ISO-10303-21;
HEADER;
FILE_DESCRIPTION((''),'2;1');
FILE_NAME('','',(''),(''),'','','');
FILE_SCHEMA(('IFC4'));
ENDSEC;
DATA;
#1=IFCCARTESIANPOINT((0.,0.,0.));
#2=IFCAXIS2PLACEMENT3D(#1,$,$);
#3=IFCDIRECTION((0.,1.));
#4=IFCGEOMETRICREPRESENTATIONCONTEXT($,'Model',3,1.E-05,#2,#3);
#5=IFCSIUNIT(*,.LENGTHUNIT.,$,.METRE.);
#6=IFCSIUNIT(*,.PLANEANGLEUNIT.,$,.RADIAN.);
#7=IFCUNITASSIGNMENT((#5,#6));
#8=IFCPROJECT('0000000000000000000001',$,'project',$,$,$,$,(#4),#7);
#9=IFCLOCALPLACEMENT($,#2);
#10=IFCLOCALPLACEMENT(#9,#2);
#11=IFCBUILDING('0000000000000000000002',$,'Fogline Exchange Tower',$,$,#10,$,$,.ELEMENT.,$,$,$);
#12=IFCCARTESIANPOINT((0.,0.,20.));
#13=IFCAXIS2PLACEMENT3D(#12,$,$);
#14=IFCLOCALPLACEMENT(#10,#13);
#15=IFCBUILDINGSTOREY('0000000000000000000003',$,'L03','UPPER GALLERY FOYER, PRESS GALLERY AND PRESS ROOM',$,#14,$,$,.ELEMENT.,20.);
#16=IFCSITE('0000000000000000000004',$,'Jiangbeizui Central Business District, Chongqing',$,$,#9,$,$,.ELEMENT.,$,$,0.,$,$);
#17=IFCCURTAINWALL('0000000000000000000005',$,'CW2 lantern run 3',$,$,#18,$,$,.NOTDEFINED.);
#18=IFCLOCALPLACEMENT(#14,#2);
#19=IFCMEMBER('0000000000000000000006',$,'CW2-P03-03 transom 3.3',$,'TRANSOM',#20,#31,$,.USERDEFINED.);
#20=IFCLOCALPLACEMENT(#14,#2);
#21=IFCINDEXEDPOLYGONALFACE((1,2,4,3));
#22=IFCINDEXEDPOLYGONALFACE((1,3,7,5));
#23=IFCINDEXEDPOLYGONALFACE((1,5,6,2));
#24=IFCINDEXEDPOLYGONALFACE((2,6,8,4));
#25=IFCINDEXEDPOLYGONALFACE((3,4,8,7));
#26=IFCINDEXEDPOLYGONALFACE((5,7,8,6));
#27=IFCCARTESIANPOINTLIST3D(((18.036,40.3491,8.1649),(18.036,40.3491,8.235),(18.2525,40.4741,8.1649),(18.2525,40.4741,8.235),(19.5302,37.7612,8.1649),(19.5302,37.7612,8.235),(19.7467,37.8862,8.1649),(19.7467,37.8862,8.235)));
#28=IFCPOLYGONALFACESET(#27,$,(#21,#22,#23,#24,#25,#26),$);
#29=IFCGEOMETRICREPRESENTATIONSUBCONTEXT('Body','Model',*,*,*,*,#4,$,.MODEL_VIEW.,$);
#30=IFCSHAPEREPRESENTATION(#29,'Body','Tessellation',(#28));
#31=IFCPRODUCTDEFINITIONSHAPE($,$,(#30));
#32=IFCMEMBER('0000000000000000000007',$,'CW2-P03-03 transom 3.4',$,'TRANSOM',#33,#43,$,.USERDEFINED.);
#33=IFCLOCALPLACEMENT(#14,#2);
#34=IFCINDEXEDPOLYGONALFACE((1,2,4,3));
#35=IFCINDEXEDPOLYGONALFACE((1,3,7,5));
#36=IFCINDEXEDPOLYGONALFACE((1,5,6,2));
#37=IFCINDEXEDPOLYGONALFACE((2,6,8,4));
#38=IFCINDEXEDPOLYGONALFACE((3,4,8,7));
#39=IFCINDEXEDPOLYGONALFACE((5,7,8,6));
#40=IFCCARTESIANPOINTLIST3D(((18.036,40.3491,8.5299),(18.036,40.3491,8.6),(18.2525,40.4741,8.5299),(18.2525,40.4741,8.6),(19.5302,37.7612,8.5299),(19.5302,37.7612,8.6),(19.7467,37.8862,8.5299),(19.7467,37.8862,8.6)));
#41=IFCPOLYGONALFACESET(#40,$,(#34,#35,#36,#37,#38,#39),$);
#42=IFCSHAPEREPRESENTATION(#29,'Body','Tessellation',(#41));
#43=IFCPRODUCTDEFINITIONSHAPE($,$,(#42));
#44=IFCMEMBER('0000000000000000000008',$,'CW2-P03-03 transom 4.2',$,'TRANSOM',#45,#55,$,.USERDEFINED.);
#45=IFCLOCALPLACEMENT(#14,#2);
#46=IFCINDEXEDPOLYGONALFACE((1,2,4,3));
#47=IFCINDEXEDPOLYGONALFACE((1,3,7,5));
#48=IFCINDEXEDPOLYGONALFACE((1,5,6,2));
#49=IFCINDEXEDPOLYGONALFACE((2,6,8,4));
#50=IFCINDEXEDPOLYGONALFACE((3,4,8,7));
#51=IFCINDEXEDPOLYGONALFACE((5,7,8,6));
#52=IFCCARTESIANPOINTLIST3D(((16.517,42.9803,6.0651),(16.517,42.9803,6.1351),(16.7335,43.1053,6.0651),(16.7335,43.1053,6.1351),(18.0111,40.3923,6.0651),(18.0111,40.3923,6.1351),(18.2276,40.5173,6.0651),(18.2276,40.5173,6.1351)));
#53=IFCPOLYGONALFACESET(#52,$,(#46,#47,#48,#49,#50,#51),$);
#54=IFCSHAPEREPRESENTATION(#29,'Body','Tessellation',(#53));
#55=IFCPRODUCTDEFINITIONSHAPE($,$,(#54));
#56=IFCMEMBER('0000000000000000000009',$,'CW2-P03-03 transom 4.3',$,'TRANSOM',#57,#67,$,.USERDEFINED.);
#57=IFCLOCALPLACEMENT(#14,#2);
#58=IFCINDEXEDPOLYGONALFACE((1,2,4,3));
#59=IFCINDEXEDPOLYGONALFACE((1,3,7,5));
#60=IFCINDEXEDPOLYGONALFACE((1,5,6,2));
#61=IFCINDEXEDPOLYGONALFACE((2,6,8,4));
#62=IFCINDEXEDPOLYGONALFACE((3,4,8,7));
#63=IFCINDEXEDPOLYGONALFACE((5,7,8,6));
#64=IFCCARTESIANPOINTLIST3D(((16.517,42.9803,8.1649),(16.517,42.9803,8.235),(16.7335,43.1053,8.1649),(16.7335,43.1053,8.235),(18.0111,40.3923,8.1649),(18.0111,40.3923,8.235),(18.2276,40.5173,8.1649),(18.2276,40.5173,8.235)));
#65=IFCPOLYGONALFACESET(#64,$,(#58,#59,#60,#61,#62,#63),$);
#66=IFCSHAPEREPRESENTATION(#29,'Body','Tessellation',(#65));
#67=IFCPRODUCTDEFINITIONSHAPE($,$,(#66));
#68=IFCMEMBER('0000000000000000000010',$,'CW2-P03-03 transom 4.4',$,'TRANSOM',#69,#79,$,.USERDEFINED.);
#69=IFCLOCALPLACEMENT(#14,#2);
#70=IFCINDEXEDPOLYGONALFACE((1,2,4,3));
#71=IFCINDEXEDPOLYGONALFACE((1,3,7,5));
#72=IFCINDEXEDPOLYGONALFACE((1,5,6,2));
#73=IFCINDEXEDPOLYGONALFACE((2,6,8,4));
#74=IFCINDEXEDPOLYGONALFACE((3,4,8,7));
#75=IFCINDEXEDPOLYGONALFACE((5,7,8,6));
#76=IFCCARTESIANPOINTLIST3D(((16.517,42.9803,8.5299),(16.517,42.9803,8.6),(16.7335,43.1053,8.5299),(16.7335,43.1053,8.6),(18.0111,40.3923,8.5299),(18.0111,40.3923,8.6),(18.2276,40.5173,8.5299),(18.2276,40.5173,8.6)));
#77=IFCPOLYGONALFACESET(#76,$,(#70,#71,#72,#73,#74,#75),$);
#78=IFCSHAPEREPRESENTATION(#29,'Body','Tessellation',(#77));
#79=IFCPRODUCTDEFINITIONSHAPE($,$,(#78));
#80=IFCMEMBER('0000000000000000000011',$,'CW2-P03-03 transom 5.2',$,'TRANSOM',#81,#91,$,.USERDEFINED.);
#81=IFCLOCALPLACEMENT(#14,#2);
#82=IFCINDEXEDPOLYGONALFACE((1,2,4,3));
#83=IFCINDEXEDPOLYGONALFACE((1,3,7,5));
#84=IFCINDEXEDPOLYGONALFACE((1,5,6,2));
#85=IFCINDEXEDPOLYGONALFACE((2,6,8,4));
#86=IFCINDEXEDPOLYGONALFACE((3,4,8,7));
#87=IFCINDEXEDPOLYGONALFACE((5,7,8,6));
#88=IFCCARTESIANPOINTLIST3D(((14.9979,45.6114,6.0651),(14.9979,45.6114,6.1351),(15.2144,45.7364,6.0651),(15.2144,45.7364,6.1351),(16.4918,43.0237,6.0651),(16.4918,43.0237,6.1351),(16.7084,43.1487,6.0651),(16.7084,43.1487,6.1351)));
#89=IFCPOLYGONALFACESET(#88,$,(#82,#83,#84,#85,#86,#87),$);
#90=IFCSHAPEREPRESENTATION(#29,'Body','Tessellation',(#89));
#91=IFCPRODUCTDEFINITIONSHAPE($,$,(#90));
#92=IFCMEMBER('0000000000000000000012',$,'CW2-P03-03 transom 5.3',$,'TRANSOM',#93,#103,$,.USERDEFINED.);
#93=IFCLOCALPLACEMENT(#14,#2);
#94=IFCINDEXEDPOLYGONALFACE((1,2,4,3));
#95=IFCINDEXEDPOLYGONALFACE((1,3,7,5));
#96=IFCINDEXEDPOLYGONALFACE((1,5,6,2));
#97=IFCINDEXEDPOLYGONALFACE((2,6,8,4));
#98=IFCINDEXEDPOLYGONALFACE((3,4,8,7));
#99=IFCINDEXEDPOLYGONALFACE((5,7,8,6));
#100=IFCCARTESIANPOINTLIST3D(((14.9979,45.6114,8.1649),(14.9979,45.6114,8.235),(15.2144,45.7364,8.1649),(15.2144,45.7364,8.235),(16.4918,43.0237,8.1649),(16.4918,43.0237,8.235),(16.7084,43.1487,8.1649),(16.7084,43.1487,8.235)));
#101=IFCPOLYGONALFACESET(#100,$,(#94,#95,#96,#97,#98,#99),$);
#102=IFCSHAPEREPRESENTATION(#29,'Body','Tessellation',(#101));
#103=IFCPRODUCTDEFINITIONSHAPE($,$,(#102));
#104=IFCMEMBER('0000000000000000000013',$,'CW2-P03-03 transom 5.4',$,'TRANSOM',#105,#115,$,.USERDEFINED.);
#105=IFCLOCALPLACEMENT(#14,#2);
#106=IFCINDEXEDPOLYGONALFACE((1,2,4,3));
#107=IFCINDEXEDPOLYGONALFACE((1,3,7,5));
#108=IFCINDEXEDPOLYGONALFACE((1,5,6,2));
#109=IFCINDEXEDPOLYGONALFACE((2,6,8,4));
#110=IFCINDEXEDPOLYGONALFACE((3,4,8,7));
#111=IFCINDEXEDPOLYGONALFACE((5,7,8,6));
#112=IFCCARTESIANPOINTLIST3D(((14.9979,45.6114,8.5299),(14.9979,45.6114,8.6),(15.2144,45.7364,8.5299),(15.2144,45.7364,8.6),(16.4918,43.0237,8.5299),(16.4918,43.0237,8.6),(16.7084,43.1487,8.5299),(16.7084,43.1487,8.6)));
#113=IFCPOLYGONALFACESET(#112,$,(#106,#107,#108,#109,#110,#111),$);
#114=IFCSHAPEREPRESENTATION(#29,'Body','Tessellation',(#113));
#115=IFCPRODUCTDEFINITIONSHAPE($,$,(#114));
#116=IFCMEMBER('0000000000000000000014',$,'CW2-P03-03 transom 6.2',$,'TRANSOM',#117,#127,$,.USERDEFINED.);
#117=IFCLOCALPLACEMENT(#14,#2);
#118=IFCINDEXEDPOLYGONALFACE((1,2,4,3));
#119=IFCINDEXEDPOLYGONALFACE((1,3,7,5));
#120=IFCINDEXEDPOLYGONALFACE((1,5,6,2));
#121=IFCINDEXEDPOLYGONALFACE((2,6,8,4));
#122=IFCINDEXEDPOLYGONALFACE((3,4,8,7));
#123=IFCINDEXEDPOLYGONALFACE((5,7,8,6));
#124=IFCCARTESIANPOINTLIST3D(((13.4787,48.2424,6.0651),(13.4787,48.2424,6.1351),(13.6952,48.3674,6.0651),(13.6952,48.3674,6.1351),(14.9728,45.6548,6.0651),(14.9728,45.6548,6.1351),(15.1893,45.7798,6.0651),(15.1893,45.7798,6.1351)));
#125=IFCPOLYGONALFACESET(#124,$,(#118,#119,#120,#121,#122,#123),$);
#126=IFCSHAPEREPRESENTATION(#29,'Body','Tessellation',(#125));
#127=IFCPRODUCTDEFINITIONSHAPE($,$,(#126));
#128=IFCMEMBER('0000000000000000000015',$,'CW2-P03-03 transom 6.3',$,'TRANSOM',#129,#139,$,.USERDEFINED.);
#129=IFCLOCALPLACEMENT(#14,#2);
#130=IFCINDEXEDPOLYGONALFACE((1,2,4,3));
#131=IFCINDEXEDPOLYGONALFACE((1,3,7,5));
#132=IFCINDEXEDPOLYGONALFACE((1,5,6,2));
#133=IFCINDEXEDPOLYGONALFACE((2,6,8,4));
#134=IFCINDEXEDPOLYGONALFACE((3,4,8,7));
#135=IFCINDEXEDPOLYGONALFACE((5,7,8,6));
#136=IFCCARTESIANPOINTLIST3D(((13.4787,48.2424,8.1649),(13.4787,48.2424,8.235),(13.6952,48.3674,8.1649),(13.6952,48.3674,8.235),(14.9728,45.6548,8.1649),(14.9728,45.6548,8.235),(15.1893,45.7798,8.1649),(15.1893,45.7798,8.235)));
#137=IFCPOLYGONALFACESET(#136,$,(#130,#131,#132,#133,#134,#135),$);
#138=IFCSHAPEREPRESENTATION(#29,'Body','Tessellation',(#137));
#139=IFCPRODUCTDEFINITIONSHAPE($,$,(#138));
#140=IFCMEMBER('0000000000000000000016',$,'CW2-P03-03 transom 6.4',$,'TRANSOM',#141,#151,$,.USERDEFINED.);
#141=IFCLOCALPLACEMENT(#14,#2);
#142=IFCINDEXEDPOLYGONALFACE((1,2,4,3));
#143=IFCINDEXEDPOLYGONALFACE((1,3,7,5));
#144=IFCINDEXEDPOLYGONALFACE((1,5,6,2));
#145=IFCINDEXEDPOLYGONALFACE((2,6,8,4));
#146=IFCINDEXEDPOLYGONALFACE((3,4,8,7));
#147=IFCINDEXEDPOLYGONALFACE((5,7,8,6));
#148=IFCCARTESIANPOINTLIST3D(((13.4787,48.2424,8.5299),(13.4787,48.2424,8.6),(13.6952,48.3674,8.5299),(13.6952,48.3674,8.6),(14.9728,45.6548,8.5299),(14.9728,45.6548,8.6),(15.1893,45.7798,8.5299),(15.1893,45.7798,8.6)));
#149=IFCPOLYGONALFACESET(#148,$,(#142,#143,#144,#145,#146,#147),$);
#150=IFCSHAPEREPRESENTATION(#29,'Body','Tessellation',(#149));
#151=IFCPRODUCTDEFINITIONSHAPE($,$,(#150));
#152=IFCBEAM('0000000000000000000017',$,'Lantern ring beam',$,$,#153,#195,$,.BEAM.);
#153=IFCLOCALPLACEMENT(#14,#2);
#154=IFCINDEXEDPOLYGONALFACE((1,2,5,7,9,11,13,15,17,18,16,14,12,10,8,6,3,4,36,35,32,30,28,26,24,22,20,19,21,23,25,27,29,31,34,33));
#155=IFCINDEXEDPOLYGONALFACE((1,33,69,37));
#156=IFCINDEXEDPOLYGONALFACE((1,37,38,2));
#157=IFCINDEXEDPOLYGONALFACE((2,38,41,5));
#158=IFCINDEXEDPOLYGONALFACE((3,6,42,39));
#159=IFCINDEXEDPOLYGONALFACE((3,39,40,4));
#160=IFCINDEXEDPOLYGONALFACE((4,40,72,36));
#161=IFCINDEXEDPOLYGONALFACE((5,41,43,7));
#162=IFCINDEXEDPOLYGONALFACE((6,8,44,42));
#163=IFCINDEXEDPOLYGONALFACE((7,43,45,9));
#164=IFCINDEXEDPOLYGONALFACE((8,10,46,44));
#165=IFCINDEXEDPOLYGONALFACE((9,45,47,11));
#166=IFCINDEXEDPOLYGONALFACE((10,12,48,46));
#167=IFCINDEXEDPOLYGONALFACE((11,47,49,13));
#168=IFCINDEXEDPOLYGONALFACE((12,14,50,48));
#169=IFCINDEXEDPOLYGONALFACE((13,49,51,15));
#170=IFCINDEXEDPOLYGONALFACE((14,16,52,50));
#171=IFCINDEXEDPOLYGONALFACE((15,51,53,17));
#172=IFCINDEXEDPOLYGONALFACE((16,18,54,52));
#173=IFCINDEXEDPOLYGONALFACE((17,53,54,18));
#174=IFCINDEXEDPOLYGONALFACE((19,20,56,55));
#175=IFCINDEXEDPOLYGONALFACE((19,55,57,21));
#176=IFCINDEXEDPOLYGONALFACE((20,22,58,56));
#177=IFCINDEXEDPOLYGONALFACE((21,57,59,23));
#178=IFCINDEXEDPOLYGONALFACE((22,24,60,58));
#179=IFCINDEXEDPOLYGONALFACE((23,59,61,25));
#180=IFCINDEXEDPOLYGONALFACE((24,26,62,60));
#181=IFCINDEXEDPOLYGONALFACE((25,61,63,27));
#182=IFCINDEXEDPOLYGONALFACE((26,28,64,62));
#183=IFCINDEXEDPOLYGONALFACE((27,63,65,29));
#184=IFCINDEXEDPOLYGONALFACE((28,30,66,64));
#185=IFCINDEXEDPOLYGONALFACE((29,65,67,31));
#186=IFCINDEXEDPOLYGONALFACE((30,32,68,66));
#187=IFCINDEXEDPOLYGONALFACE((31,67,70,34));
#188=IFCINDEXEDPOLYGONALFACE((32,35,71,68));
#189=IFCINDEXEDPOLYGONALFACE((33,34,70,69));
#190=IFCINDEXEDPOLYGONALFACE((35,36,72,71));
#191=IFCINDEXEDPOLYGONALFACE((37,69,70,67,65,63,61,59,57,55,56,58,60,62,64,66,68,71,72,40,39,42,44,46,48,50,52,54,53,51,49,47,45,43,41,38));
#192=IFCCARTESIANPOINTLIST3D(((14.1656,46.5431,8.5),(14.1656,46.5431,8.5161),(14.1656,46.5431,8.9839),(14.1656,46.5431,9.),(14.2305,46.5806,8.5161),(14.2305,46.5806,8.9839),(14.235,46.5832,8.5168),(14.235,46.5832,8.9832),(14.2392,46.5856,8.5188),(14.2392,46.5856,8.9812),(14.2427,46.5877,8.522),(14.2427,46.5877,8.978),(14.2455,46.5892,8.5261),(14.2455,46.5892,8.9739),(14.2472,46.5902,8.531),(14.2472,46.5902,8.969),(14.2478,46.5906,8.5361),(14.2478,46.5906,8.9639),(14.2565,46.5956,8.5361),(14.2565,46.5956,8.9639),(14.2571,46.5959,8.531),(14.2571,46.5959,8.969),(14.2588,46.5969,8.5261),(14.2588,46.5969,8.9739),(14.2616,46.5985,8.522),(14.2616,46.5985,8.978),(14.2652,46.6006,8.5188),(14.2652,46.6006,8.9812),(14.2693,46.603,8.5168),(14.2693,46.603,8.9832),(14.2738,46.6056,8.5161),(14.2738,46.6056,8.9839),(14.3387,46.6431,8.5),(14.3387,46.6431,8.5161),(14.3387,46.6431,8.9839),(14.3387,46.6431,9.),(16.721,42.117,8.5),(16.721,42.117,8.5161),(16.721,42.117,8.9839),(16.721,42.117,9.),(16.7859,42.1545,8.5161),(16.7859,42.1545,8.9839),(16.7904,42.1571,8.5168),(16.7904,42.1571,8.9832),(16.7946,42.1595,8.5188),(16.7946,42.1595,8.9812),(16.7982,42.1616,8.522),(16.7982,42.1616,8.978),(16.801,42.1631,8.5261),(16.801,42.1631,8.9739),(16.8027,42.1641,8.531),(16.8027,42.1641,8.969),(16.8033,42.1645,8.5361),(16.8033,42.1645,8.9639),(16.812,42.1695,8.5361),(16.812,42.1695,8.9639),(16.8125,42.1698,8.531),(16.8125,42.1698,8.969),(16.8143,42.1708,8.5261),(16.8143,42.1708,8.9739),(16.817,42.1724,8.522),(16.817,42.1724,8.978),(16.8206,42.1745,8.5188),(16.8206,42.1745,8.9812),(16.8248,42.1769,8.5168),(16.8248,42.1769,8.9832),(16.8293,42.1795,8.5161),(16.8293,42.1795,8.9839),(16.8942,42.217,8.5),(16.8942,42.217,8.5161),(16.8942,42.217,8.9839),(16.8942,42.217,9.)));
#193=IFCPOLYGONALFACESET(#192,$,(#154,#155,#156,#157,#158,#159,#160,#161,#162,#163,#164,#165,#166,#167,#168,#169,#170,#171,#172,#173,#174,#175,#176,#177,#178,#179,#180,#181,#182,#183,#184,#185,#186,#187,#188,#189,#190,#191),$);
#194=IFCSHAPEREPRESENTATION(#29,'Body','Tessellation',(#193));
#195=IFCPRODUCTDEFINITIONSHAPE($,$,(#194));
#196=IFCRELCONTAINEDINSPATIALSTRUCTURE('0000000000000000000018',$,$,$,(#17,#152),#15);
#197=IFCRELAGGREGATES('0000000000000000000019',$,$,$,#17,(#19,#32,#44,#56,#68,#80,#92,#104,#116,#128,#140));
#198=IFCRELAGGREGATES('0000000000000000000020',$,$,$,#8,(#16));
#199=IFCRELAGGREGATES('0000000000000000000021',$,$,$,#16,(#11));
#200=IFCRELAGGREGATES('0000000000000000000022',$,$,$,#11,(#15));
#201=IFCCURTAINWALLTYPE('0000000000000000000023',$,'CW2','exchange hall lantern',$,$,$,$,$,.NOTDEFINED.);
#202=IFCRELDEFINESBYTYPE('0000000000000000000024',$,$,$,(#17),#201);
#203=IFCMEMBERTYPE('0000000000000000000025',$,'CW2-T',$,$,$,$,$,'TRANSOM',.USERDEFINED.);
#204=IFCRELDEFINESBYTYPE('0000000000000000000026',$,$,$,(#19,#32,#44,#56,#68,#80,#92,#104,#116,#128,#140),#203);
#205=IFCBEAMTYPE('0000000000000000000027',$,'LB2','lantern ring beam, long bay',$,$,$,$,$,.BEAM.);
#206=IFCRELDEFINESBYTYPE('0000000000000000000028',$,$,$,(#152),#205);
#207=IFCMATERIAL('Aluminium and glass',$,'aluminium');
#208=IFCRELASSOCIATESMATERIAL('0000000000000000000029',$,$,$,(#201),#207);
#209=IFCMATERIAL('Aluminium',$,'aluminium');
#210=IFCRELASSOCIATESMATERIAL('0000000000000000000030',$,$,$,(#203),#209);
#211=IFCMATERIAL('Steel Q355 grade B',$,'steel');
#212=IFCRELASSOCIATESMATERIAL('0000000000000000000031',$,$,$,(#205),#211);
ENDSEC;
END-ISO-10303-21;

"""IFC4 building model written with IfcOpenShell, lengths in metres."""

from ifc_helpers import new_model, si_unit, direction, frame, origin, origin_2d, place, context, subcontext, project, spatial, rectangle, i_section, extrude, material, material_profile, profile_set, type_object, element, aggregate, save


model = new_model("IFC4")

# Units and contexts
model_context = context("Model", 3, precision=1e-05, world=origin(), true_north=direction((0.0, 1.0)))
body_context = subcontext(model_context, "Body", "Model", "MODEL_VIEW")
ifc_project = project(units=[si_unit("LENGTHUNIT", "METRE"), si_unit("PLANEANGLEUNIT", "RADIAN")], contexts=[model_context])

# Site, building, storey
site_placement = place(None, origin())
site = spatial("IfcSite", under=ifc_project, at=site_placement, Name="Jiangbeizui Central Business District, Chongqing", CompositionType="ELEMENT", RefElevation=0.0)
building_placement = place(site_placement, origin())
building = spatial("IfcBuilding", under=site, at=building_placement, Name="Fogline Exchange Tower", CompositionType="ELEMENT")
storey_placement = place(building_placement, frame((0.0, 0.0, 20.0)))
storey = spatial("IfcBuildingStorey", under=building, at=storey_placement, Name="L03", Description="UPPER GALLERY FOYER, PRESS GALLERY AND PRESS ROOM", CompositionType="ELEMENT", Elevation=20.0)

# Curtain wall, members
ifc_material_1 = material(Name="Aluminium and glass", Category="aluminium")
curtain_wall_type = type_object("IfcCurtainWallType", Name="CW2", Description="exchange hall lantern", PredefinedType="NOTDEFINED", material=ifc_material_1)
curtain_wall_placement = place(storey_placement, origin())
curtain_wall = element("IfcCurtainWall", 1, at=curtain_wall_placement, inside=storey, type_object=curtain_wall_type, Name="CW2 lantern run 3", PredefinedType="NOTDEFINED")
ifc_material_2 = material(Name="Aluminium", Category="aluminium")
ifc_material_profile_1 = material_profile(ifc_material_2, rectangle(XDim=0.25, YDim=0.0701, at=origin_2d()), Name="Transom 70x250")
ifc_profile_set_1 = profile_set([ifc_material_profile_1], Name="Aluminium")
member_type = type_object("IfcMemberType", Name="CW2-T", ElementType="TRANSOM", PredefinedType="USERDEFINED", material=ifc_profile_set_1)
member_1_placement = place(storey_placement, frame((19.6384, 37.8237, 8.2), z_axis=(-0.500005, 0.866022, 0.0), x_axis=(-0.866022, -0.500005, 0.0)))
member_1 = element("IfcMember", 2, at=member_1_placement, type_object=member_type, Name="CW2-P03-03 transom 3.3", ObjectType="TRANSOM", PredefinedType="USERDEFINED", context=body_context, shape_type="SweptSolid", body=[
    extrude(rectangle(XDim=0.25, YDim=0.0701, at=origin_2d()), origin(), (0.0, 0.0, 1.0), 2.9883),
])
member_2_placement = place(storey_placement, frame((19.6384, 37.8237, 8.5649), z_axis=(-0.500005, 0.866022, 0.0), x_axis=(-0.866022, -0.500005, 0.0)))
member_2 = element("IfcMember", 3, at=member_2_placement, type_object=member_type, Name="CW2-P03-03 transom 3.4", ObjectType="TRANSOM", PredefinedType="USERDEFINED", context=body_context, shape_type="SweptSolid", body=[
    extrude(rectangle(XDim=0.25, YDim=0.0701, at=origin_2d()), origin(), (0.0, 0.0, 1.0), 2.9883),
])
member_3_placement = place(storey_placement, frame((18.1194, 40.4548, 6.1001), z_axis=(-0.500005, 0.866022, 0.0), x_axis=(-0.866022, -0.500005, 0.0)))
member_3 = element("IfcMember", 4, at=member_3_placement, type_object=member_type, Name="CW2-P03-03 transom 4.2", ObjectType="TRANSOM", PredefinedType="USERDEFINED", context=body_context, shape_type="SweptSolid", body=[
    extrude(rectangle(XDim=0.25, YDim=0.0701, at=origin_2d()), origin(), (0.0, 0.0, 1.0), 2.9883),
])
member_4_placement = place(storey_placement, frame((18.1194, 40.4548, 8.2), z_axis=(-0.500005, 0.866022, 0.0), x_axis=(-0.866022, -0.500005, 0.0)))
member_4 = element("IfcMember", 5, at=member_4_placement, type_object=member_type, Name="CW2-P03-03 transom 4.3", ObjectType="TRANSOM", PredefinedType="USERDEFINED", context=body_context, shape_type="SweptSolid", body=[
    extrude(rectangle(XDim=0.25, YDim=0.0701, at=origin_2d()), origin(), (0.0, 0.0, 1.0), 2.9883),
])
member_5_placement = place(storey_placement, frame((18.1194, 40.4548, 8.5649), z_axis=(-0.500005, 0.866022, 0.0), x_axis=(-0.866022, -0.500005, 0.0)))
member_5 = element("IfcMember", 6, at=member_5_placement, type_object=member_type, Name="CW2-P03-03 transom 4.4", ObjectType="TRANSOM", PredefinedType="USERDEFINED", context=body_context, shape_type="SweptSolid", body=[
    extrude(rectangle(XDim=0.25, YDim=0.0701, at=origin_2d()), origin(), (0.0, 0.0, 1.0), 2.9883),
])
member_6_placement = place(storey_placement, frame((16.6001, 43.0862, 6.1001), z_axis=(-0.499979, 0.866037, 0.0), x_axis=(-0.866037, -0.499979, 0.0)))
member_6 = element("IfcMember", 7, at=member_6_placement, type_object=member_type, Name="CW2-P03-03 transom 5.2", ObjectType="TRANSOM", PredefinedType="USERDEFINED", context=body_context, shape_type="SweptSolid", body=[
    extrude(rectangle(XDim=0.25, YDim=0.0701, at=origin_2d()), origin(), (0.0, 0.0, 1.0), 2.988),
])
member_7_placement = place(storey_placement, frame((16.6001, 43.0862, 8.2), z_axis=(-0.499979, 0.866037, 0.0), x_axis=(-0.866037, -0.499979, 0.0)))
member_7 = element("IfcMember", 8, at=member_7_placement, type_object=member_type, Name="CW2-P03-03 transom 5.3", ObjectType="TRANSOM", PredefinedType="USERDEFINED", context=body_context, shape_type="SweptSolid", body=[
    extrude(rectangle(XDim=0.25, YDim=0.0701, at=origin_2d()), origin(), (0.0, 0.0, 1.0), 2.988),
])
member_8_placement = place(storey_placement, frame((16.6001, 43.0862, 8.5649), z_axis=(-0.499979, 0.866037, 0.0), x_axis=(-0.866037, -0.499979, 0.0)))
member_8 = element("IfcMember", 9, at=member_8_placement, type_object=member_type, Name="CW2-P03-03 transom 5.4", ObjectType="TRANSOM", PredefinedType="USERDEFINED", context=body_context, shape_type="SweptSolid", body=[
    extrude(rectangle(XDim=0.25, YDim=0.0701, at=origin_2d()), origin(), (0.0, 0.0, 1.0), 2.988),
])
member_9_placement = place(storey_placement, frame((15.0811, 45.7173, 6.1001), z_axis=(-0.500041, 0.866002, 0.0), x_axis=(-0.866002, -0.500041, 0.0)))
member_9 = element("IfcMember", 10, at=member_9_placement, type_object=member_type, Name="CW2-P03-03 transom 6.2", ObjectType="TRANSOM", PredefinedType="USERDEFINED", context=body_context, shape_type="SweptSolid", body=[
    extrude(rectangle(XDim=0.25, YDim=0.0701, at=origin_2d()), origin(), (0.0, 0.0, 1.0), 2.988),
])
member_10_placement = place(storey_placement, frame((15.0811, 45.7173, 8.2), z_axis=(-0.500041, 0.866002, 0.0), x_axis=(-0.866002, -0.500041, 0.0)))
member_10 = element("IfcMember", 11, at=member_10_placement, type_object=member_type, Name="CW2-P03-03 transom 6.3", ObjectType="TRANSOM", PredefinedType="USERDEFINED", context=body_context, shape_type="SweptSolid", body=[
    extrude(rectangle(XDim=0.25, YDim=0.0701, at=origin_2d()), origin(), (0.0, 0.0, 1.0), 2.988),
])
member_11_placement = place(storey_placement, frame((15.0811, 45.7173, 8.5649), z_axis=(-0.500041, 0.866002, 0.0), x_axis=(-0.866002, -0.500041, 0.0)))
member_11 = element("IfcMember", 12, at=member_11_placement, type_object=member_type, Name="CW2-P03-03 transom 6.4", ObjectType="TRANSOM", PredefinedType="USERDEFINED", context=body_context, shape_type="SweptSolid", body=[
    extrude(rectangle(XDim=0.25, YDim=0.0701, at=origin_2d()), origin(), (0.0, 0.0, 1.0), 2.988),
])

# Beam
ifc_material_3 = material(Name="Steel Q355 grade B", Category="steel")
ifc_material_profile_2 = material_profile(ifc_material_3, i_section(OverallWidth=0.2, OverallDepth=0.5, WebThickness=0.01, FlangeThickness=0.0161, FilletRadius=0.02, at=origin_2d()), Name="HN500X200X10X16")
ifc_profile_set_2 = profile_set([ifc_material_profile_2], Name="Steel Q355 grade B")
beam_type_1 = type_object("IfcBeamType", Name="LB2", Description="lantern ring beam, long bay", PredefinedType="BEAM", material=ifc_profile_set_2)
for number, where, z_axis, x_axis, name in (
    (13, (16.8076, 42.167, 8.75), (-0.500008, 0.866021, 0.0), (-0.866021, -0.500008, 0.0), "Lantern ring beam"),
):
    element("IfcBeam", number, at=place(storey_placement, frame(where, z_axis=z_axis, x_axis=x_axis)), inside=storey, type_object=beam_type_1, Name=name, PredefinedType="BEAM", context=body_context, shape_type="SweptSolid", body=[
        extrude(i_section(OverallWidth=0.2, OverallDepth=0.5, WebThickness=0.01, FlangeThickness=0.0161, FilletRadius=0.02, at=origin_2d()), origin(), (0.0, 0.0, 1.0), 5.1108),
    ])

aggregate(curtain_wall, [member_1, member_2, member_3, member_4, member_5, member_6, member_7, member_8, member_9, member_10, member_11])

save(model, "model.ifc")
